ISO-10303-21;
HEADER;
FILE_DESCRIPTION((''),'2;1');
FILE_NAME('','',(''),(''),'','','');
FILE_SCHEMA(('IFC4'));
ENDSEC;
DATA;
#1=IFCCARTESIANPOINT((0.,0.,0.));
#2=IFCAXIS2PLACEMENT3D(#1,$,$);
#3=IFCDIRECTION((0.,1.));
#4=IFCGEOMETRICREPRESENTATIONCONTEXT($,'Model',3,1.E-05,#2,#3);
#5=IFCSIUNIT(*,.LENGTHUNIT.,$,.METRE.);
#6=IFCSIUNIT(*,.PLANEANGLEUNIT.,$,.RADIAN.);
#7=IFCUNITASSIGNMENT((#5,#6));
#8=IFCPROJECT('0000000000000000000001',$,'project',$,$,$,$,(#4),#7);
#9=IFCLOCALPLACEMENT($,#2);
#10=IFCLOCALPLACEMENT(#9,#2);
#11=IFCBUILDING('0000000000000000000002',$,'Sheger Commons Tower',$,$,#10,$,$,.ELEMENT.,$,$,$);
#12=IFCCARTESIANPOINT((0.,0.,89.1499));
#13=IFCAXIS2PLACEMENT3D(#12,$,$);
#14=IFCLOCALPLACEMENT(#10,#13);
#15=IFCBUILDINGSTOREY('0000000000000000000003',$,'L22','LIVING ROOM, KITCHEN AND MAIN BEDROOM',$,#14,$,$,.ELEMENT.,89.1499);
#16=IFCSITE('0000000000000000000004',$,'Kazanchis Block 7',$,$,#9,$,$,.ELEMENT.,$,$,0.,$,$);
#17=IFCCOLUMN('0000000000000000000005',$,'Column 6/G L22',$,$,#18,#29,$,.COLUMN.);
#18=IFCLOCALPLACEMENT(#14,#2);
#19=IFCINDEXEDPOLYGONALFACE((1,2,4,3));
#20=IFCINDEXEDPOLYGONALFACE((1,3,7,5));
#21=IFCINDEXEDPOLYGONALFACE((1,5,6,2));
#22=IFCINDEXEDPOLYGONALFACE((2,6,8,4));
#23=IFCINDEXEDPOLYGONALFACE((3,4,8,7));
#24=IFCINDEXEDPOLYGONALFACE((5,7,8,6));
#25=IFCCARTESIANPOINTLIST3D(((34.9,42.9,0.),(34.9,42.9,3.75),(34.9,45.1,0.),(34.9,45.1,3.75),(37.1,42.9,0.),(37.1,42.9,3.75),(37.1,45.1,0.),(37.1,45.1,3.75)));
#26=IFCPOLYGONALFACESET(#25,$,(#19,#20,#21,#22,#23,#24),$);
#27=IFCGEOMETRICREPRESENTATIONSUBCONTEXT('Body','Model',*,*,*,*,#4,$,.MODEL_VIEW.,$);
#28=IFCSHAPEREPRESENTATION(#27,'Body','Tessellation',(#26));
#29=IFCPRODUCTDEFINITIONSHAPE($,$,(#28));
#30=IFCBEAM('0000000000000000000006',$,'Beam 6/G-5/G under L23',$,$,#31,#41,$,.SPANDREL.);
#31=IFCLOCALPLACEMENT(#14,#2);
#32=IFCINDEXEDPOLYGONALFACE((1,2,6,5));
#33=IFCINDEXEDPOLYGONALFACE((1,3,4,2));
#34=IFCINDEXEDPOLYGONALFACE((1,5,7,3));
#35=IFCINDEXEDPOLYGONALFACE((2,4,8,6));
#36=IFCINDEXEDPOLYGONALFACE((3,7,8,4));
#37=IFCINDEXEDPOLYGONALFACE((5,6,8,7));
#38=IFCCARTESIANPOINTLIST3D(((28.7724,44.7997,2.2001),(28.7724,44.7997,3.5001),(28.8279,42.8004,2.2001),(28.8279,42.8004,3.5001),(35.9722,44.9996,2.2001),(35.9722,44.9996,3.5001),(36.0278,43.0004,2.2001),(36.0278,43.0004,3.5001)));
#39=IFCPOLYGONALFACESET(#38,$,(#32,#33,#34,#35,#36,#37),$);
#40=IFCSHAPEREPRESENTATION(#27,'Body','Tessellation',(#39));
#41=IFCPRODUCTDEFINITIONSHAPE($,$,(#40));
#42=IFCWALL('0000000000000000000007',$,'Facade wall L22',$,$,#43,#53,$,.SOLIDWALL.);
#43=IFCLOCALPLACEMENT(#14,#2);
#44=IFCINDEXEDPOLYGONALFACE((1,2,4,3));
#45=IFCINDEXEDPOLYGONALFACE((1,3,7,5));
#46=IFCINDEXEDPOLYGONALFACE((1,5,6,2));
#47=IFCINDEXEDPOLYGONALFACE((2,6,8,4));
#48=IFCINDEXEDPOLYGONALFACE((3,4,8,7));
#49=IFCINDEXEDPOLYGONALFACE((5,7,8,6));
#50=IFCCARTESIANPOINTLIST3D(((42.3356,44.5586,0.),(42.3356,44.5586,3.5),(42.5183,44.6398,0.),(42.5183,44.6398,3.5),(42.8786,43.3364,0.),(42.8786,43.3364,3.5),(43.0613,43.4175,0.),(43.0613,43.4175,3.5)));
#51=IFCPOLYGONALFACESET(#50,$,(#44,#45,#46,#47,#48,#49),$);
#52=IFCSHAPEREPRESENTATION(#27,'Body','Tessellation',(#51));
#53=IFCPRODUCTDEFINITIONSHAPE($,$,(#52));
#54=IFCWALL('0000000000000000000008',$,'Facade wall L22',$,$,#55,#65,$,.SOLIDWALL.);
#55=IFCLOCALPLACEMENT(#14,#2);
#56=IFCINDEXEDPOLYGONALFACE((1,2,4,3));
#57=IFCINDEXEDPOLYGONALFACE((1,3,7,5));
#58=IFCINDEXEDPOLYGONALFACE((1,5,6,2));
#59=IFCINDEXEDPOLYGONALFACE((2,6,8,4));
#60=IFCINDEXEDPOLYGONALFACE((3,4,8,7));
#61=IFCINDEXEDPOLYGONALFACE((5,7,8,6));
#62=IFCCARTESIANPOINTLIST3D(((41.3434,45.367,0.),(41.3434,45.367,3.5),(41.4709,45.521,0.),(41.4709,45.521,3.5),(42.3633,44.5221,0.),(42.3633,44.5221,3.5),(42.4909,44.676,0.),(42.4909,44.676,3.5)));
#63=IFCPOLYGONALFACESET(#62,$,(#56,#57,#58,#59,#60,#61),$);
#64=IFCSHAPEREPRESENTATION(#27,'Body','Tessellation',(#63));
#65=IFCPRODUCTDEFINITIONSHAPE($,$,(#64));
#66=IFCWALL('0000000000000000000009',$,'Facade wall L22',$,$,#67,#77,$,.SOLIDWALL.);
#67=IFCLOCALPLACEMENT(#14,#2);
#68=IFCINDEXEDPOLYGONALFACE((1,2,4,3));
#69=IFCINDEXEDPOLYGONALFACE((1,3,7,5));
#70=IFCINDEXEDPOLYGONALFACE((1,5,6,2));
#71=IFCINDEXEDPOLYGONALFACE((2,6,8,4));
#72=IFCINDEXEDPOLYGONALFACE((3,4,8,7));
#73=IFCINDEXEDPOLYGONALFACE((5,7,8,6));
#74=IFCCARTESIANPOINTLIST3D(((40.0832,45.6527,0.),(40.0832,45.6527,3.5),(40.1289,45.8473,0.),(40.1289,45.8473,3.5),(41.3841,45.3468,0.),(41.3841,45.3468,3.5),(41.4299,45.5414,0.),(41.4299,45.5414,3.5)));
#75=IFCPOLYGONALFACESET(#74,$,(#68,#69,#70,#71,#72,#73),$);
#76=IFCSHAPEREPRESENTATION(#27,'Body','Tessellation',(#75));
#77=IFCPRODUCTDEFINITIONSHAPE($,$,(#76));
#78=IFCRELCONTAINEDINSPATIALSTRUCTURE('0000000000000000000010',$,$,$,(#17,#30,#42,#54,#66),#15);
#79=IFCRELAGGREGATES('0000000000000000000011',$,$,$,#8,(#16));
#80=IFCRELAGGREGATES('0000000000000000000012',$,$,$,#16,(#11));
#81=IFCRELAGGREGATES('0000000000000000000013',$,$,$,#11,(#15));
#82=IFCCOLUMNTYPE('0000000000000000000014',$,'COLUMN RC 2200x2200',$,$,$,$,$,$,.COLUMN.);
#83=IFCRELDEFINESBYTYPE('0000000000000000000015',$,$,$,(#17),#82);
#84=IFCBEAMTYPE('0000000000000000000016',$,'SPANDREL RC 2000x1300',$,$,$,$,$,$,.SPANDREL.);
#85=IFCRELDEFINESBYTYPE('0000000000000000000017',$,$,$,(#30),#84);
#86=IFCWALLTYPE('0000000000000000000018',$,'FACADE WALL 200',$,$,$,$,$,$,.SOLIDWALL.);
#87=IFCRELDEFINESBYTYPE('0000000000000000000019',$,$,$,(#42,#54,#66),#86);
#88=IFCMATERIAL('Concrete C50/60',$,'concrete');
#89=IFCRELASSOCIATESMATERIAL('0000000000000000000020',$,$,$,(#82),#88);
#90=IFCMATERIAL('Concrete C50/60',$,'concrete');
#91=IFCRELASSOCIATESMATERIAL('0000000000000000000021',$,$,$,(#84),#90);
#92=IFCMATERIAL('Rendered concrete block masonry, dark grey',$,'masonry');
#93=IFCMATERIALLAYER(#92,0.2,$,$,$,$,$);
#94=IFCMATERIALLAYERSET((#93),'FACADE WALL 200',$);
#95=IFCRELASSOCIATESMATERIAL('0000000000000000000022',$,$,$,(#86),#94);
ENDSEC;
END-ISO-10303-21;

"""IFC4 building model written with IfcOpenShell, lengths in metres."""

from ifc_helpers import new_model, si_unit, direction, frame, frame_2d, origin, origin_2d, place, context, subcontext, project, spatial, rectangle, extrude, material, layer, layer_set, material_profile, profile_set, type_object, element, save


model = new_model("IFC4")

# Units and contexts
model_context = context("Model", 3, precision=1e-05, world=origin(), true_north=direction((0.0, 1.0)))
body_context = subcontext(model_context, "Body", "Model", "MODEL_VIEW")
ifc_project = project(units=[si_unit("LENGTHUNIT", "METRE"), si_unit("PLANEANGLEUNIT", "RADIAN")], contexts=[model_context])

# Site, building, storey
site_placement = place(None, origin())
site = spatial("IfcSite", under=ifc_project, at=site_placement, Name="Kazanchis Block 7", CompositionType="ELEMENT", RefElevation=0.0)
building_placement = place(site_placement, origin())
building = spatial("IfcBuilding", under=site, at=building_placement, Name="Sheger Commons Tower", CompositionType="ELEMENT")
storey_placement = place(building_placement, frame((0.0, 0.0, 89.1499)))
storey = spatial("IfcBuildingStorey", under=building, at=storey_placement, Name="L22", Description="LIVING ROOM, KITCHEN AND MAIN BEDROOM", CompositionType="ELEMENT", Elevation=89.1499)

# Column
ifc_material_1 = material(Name="Concrete C50/60", Category="concrete")
ifc_material_profile_1 = material_profile(ifc_material_1, rectangle(XDim=2.2, YDim=2.2, at=origin_2d()), Name="RC 2200x2200")
ifc_profile_set_1 = profile_set([ifc_material_profile_1], Name="Concrete C50/60")
column_type = type_object("IfcColumnType", Name="COLUMN RC 2200x2200", PredefinedType="COLUMN", material=ifc_profile_set_1)
column_placement = place(storey_placement, frame((36.0, 44.0, 0.0), z_axis=(0.0, 0.0, 1.0), x_axis=(1.0, 0.0, 0.0)))
element("IfcColumn", 1, at=column_placement, inside=storey, type_object=column_type, Name="Column 6/G L22", PredefinedType="COLUMN", context=body_context, shape_type="SweptSolid", body=[
    extrude(rectangle(XDim=2.2, YDim=2.2, at=origin_2d()), origin(), (0.0, 0.0, 1.0), 3.75),
])

# Beam
ifc_material_2 = material(Name="Concrete C50/60", Category="concrete")
ifc_material_profile_2 = material_profile(ifc_material_2, rectangle(XDim=2.0, YDim=1.3, at=origin_2d()), Name="RC 2000x1300")
ifc_profile_set_2 = profile_set([ifc_material_profile_2], Name="Concrete C50/60")
beam_type = type_object("IfcBeamType", Name="SPANDREL RC 2000x1300", PredefinedType="SPANDREL", material=ifc_profile_set_2)
beam_placement = place(storey_placement, frame((36.0, 44.0, 2.8501), z_axis=(-0.999615, -0.02776, 0.0), x_axis=(0.02776, -0.999615, 0.0)))
element("IfcBeam", 2, at=beam_placement, inside=storey, type_object=beam_type, Name="Beam 6/G-5/G under L23", PredefinedType="SPANDREL", context=body_context, shape_type="SweptSolid", body=[
    extrude(rectangle(XDim=2.0, YDim=1.3, at=origin_2d()), origin(), (0.0, 0.0, 1.0), 7.2026),
])

# Walls
ifc_material_3 = material(Name="Rendered concrete block masonry, dark grey", Category="masonry")
ifc_layer_1 = layer(ifc_material_3, 0.2)
ifc_layer_set_1 = layer_set([ifc_layer_1], Name="FACADE WALL 200")
wall_type_1 = type_object("IfcWallType", Name="FACADE WALL 200", PredefinedType="SOLIDWALL", material=ifc_layer_set_1)
wall_1_placement = place(storey_placement, frame((42.97, 43.377, 0.0), z_axis=(0.0, 0.0, 1.0), x_axis=(-0.406003, 0.913872, 0.0)))
element("IfcWall", 3, at=wall_1_placement, inside=storey, type_object=wall_type_1, Name="Facade wall L22", PredefinedType="SOLIDWALL", context=body_context, shape_type="SweptSolid", body=[
    extrude(rectangle(XDim=1.3374, YDim=0.2, at=frame_2d((0.6687, 0.0))), origin(), (0.0, 0.0, 1.0), 3.5),
])
wall_2_placement = place(storey_placement, frame((42.427, 44.5991, 0.0), z_axis=(0.0, 0.0, 1.0), x_axis=(-0.770091, 0.637934, 0.0)))
element("IfcWall", 4, at=wall_2_placement, inside=storey, type_object=wall_type_1, Name="Facade wall L22", PredefinedType="SOLIDWALL", context=body_context, shape_type="SweptSolid", body=[
    extrude(rectangle(XDim=1.3245, YDim=0.2, at=frame_2d((0.6621, 0.0))), origin(), (0.0, 0.0, 1.0), 3.5),
])
wall_3_placement = place(storey_placement, frame((41.407, 45.4441, 0.0), z_axis=(0.0, 0.0, 1.0), x_axis=(-0.973453, 0.228887, 0.0)))
element("IfcWall", 5, at=wall_3_placement, inside=storey, type_object=wall_type_1, Name="Facade wall L22", PredefinedType="SOLIDWALL", context=body_context, shape_type="SweptSolid", body=[
    extrude(rectangle(XDim=1.3364, YDim=0.2, at=frame_2d((0.6682, 0.0))), origin(), (0.0, 0.0, 1.0), 3.5),
])

save(model, "model.ifc")
